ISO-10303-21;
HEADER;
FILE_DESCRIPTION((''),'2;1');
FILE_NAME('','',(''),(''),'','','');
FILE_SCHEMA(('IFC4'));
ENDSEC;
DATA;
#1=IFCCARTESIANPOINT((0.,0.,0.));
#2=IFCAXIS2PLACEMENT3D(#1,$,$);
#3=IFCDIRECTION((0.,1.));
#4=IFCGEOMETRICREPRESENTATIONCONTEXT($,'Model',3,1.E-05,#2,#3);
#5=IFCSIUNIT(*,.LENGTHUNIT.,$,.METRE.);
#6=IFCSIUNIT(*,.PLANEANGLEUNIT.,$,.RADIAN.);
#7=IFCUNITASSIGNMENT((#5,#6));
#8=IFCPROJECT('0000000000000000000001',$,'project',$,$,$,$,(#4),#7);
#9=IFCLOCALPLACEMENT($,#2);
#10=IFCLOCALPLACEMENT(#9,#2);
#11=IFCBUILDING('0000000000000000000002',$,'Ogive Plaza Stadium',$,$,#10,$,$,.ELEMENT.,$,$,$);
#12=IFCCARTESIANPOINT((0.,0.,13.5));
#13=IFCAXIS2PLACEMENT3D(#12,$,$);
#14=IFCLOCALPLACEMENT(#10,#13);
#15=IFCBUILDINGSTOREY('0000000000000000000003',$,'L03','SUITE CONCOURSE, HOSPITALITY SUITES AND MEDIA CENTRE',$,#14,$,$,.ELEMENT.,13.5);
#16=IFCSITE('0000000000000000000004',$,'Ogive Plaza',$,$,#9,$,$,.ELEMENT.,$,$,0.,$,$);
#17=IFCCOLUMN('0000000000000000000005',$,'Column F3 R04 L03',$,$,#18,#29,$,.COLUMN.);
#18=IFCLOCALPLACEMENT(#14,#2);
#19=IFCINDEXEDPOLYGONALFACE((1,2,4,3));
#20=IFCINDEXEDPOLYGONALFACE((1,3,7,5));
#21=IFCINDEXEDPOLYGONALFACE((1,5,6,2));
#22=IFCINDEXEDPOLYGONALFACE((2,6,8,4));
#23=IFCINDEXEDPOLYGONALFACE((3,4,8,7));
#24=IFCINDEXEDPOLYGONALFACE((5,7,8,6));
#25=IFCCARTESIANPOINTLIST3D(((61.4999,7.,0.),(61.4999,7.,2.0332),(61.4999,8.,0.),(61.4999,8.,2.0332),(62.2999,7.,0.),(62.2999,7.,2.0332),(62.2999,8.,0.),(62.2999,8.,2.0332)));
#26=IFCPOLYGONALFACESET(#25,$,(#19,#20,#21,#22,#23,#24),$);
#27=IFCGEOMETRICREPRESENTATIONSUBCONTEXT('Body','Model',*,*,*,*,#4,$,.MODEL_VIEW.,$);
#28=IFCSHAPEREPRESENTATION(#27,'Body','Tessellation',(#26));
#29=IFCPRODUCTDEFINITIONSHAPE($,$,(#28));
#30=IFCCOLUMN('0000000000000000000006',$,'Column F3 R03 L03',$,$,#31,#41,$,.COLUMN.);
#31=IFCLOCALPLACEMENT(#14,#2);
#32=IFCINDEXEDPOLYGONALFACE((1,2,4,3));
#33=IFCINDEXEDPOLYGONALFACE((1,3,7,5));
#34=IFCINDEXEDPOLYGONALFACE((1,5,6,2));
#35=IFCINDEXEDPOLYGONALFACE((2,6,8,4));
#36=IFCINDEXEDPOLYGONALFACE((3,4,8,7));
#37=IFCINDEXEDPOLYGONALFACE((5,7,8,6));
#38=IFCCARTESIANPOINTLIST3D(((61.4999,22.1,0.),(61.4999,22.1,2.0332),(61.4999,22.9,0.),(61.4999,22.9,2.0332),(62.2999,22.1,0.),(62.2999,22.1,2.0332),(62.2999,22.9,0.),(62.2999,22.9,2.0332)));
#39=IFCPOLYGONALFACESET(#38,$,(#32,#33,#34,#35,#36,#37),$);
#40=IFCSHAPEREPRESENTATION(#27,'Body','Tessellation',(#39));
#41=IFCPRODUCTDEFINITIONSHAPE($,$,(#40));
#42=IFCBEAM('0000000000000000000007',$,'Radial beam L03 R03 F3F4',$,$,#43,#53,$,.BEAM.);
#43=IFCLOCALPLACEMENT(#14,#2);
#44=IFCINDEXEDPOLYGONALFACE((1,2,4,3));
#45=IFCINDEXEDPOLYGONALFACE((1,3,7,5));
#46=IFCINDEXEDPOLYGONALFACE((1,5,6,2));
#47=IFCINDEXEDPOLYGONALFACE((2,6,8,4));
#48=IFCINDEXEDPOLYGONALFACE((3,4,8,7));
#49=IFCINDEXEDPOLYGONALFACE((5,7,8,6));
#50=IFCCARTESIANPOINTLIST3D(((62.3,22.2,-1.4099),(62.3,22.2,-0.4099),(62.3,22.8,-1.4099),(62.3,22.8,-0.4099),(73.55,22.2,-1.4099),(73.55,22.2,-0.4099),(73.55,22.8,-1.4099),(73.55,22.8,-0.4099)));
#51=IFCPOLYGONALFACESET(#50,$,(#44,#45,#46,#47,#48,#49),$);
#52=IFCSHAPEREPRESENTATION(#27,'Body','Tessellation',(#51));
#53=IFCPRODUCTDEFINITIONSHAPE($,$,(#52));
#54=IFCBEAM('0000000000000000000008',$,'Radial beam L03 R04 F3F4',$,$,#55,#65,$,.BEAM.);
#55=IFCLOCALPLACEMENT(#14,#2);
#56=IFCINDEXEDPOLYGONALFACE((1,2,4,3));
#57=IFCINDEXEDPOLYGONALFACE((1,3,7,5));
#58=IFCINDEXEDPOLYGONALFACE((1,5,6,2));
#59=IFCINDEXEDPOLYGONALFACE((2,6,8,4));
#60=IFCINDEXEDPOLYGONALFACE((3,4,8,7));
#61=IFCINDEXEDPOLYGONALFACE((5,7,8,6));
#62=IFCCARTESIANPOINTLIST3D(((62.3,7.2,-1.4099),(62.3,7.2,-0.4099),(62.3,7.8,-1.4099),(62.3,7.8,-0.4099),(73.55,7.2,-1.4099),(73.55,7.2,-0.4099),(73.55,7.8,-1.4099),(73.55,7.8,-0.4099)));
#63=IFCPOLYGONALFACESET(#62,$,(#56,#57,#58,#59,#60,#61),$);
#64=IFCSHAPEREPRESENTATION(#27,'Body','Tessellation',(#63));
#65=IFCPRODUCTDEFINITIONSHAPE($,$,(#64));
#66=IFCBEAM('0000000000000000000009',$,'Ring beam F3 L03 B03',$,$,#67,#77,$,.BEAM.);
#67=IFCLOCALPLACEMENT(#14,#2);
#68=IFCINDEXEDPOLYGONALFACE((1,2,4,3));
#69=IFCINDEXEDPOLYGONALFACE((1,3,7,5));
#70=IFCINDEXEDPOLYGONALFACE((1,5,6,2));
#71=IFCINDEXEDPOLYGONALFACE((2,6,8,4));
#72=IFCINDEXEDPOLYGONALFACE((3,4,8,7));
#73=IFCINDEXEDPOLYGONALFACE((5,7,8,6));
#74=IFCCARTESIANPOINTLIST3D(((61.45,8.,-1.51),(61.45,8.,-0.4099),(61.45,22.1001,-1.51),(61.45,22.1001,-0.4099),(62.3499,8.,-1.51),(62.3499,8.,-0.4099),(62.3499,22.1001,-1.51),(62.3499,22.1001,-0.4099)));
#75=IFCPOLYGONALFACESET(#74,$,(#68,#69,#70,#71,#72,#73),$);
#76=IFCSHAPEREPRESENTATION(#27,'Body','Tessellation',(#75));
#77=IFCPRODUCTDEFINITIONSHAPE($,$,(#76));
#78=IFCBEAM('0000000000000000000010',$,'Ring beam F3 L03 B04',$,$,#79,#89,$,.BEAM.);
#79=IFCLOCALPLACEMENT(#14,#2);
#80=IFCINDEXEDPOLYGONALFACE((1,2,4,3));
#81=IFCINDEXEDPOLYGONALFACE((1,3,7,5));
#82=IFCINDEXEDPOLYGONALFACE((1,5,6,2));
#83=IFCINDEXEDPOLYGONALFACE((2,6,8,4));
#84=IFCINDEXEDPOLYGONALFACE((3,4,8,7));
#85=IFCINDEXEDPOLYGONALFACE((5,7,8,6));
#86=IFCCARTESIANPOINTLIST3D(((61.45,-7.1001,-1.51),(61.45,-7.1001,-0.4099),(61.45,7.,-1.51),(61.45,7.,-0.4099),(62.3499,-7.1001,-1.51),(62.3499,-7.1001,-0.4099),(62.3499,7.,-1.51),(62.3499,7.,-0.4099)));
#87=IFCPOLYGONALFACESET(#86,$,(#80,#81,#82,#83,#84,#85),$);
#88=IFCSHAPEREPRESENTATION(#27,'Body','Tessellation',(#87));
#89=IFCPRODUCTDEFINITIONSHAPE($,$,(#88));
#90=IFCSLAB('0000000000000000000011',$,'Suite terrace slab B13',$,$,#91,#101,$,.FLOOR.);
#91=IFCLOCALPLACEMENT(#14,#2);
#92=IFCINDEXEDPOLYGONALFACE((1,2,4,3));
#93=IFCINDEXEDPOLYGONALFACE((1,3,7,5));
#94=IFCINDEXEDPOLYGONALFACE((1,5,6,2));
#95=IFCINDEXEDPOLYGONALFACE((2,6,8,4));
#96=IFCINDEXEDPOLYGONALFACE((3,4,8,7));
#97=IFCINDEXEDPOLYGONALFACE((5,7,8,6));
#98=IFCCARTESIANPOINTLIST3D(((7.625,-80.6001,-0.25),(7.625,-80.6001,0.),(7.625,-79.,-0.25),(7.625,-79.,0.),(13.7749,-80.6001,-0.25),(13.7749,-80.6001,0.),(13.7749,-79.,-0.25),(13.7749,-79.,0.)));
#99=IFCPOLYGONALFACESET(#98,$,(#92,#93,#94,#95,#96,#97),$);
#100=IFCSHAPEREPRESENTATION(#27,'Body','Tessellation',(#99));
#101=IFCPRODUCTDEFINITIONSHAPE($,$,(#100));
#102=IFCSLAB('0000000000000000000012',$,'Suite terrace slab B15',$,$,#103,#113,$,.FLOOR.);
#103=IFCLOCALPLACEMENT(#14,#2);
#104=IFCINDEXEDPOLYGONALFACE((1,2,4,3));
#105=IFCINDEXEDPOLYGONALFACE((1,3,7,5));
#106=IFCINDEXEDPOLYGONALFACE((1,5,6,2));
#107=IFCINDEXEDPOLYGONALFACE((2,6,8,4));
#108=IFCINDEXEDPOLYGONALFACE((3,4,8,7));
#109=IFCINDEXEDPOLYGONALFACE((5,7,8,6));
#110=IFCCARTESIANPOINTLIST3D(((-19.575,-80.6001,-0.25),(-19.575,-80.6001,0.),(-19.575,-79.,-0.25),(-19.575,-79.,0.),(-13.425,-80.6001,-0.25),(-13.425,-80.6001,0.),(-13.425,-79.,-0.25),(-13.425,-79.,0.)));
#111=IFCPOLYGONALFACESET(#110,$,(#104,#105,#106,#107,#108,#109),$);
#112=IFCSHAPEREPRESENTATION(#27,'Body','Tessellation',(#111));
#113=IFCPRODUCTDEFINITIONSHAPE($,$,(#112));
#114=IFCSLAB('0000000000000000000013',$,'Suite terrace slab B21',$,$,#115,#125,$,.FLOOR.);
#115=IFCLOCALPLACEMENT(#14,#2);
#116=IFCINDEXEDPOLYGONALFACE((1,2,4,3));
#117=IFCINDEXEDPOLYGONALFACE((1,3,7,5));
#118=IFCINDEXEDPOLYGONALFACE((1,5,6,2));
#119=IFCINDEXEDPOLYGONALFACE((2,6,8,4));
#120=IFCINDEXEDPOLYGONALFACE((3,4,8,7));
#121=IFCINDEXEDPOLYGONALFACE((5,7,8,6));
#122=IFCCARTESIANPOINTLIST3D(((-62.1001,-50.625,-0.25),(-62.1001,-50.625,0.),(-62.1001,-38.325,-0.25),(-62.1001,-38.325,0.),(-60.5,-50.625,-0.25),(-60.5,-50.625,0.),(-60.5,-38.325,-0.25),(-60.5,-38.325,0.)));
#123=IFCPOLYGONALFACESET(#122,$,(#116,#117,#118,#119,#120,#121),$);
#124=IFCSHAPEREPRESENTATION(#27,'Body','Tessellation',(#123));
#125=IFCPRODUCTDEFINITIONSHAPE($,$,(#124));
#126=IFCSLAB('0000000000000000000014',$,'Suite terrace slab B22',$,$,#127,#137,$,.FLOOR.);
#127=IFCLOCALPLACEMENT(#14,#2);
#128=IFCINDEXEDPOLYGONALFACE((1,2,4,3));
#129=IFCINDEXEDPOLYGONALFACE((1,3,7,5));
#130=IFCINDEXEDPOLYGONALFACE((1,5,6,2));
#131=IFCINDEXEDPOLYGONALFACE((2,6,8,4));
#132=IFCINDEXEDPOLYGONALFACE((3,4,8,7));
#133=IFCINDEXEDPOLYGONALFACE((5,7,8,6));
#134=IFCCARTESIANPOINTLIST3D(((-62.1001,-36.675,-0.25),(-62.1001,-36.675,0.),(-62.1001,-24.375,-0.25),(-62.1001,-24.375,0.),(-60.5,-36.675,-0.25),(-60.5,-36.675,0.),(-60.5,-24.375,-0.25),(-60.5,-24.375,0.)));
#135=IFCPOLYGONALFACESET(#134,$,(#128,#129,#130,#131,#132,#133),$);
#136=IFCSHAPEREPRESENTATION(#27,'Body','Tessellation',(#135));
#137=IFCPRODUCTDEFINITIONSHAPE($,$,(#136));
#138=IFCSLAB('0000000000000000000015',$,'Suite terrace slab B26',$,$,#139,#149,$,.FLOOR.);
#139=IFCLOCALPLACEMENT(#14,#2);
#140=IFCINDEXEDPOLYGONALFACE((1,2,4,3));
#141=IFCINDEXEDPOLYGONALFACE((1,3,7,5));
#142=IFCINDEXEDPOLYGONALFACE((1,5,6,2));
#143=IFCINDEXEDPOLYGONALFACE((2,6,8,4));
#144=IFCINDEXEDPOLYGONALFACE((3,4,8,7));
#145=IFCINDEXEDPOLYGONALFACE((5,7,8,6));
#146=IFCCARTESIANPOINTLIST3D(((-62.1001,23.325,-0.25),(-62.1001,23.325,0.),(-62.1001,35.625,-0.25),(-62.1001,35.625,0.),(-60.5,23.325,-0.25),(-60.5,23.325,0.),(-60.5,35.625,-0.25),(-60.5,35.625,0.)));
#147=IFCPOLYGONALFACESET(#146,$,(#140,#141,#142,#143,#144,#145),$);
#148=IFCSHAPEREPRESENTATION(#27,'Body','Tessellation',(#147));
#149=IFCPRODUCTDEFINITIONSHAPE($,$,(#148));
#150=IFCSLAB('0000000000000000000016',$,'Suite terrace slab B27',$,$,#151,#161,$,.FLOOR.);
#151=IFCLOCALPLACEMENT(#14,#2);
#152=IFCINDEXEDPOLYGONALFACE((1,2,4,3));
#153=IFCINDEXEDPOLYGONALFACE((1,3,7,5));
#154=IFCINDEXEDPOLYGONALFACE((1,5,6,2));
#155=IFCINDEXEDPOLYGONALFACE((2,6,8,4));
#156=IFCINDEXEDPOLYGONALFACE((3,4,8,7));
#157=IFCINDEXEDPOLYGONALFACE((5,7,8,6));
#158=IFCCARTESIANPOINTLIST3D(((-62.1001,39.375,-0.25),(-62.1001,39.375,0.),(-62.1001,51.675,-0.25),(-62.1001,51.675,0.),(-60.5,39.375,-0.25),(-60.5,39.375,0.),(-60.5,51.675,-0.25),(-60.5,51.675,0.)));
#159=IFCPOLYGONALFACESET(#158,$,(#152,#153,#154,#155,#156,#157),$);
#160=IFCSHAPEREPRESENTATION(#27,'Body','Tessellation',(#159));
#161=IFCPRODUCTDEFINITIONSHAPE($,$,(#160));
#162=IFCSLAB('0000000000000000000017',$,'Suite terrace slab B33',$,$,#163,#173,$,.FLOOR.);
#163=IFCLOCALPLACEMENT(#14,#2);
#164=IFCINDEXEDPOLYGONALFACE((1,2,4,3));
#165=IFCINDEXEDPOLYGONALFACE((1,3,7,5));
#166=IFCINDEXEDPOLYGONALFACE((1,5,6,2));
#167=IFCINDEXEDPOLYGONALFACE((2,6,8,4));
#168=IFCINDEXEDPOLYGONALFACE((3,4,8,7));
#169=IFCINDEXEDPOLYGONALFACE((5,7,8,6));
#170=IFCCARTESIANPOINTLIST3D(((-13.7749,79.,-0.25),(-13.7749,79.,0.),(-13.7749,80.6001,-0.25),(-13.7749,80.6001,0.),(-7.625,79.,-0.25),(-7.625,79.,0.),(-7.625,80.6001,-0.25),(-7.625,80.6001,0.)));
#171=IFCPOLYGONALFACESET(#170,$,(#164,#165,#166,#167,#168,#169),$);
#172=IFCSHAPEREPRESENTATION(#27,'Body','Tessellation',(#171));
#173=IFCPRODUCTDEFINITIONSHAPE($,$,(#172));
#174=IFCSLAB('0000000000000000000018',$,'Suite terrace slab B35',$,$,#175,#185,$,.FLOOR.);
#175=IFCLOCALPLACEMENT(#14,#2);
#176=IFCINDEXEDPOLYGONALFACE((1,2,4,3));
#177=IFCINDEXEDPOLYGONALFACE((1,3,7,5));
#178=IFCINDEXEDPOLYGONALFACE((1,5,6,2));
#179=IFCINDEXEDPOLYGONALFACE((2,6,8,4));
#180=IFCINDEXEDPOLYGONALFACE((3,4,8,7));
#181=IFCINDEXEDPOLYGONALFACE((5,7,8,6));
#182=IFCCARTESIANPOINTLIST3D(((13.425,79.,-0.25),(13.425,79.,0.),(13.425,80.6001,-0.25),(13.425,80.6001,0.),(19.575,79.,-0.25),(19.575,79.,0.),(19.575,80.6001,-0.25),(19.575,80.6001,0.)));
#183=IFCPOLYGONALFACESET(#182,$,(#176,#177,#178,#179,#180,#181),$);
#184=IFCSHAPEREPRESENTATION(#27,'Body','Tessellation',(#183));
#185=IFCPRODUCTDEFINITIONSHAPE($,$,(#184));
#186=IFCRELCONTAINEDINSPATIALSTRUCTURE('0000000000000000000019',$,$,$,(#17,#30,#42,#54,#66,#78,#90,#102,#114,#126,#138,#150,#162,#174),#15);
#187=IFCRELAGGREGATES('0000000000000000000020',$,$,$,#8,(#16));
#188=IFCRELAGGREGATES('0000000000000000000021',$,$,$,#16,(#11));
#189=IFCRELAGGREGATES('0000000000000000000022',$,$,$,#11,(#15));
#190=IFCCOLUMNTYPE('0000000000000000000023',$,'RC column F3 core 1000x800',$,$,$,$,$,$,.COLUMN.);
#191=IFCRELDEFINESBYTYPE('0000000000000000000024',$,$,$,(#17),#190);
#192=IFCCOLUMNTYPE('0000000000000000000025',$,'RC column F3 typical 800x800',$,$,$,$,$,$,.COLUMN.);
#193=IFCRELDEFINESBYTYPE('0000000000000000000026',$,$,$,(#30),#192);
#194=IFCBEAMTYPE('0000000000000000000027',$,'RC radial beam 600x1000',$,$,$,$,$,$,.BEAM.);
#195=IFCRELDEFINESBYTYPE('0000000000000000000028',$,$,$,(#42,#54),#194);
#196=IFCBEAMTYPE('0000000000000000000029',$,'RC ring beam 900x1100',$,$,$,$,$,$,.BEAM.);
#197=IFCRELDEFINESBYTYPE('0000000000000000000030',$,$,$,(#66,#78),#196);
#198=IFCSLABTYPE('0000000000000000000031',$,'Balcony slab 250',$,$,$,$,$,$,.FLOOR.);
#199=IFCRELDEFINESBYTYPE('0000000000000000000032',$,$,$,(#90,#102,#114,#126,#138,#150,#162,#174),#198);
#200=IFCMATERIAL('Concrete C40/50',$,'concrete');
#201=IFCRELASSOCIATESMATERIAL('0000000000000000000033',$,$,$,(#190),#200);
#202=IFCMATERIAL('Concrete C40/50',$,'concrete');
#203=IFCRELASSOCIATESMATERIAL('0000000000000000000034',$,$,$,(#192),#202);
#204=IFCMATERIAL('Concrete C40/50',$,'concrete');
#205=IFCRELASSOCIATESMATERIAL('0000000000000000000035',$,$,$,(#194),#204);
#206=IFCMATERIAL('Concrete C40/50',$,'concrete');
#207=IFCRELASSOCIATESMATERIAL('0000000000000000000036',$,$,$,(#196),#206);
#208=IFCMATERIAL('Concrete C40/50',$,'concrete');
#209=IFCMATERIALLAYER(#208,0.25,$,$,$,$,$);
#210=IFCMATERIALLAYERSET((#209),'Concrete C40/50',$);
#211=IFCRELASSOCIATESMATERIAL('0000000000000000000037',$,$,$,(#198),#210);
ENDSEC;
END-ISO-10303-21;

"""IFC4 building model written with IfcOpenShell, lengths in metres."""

from ifc_helpers import new_model, si_unit, direction, frame, origin, origin_2d, place, context, subcontext, project, spatial, polyline, rectangle, outline, extrude, material, layer, layer_set, material_profile, profile_set, type_object, element, save


model = new_model("IFC4")

# Units and contexts
model_context = context("Model", 3, precision=1e-05, world=origin(), true_north=direction((0.0, 1.0)))
body_context = subcontext(model_context, "Body", "Model", "MODEL_VIEW")
ifc_project = project(units=[si_unit("LENGTHUNIT", "METRE"), si_unit("PLANEANGLEUNIT", "RADIAN")], contexts=[model_context])

# Site, building, storey
site_placement = place(None, origin())
site = spatial("IfcSite", under=ifc_project, at=site_placement, Name="Ogive Plaza", CompositionType="ELEMENT", RefElevation=0.0)
building_placement = place(site_placement, origin())
building = spatial("IfcBuilding", under=site, at=building_placement, Name="Ogive Plaza Stadium", CompositionType="ELEMENT")
storey_placement = place(building_placement, frame((0.0, 0.0, 13.5)))
storey = spatial("IfcBuildingStorey", under=building, at=storey_placement, Name="L03", Description="SUITE CONCOURSE, HOSPITALITY SUITES AND MEDIA CENTRE", CompositionType="ELEMENT", Elevation=13.5)

# Columns
ifc_material_1 = material(Name="Concrete C40/50", Category="concrete")
ifc_material_profile_1 = material_profile(ifc_material_1, rectangle(XDim=1.0, YDim=0.8, at=origin_2d()), Name="RC 1000x800")
ifc_profile_set_1 = profile_set([ifc_material_profile_1], Name="Concrete C40/50")
column_type_1 = type_object("IfcColumnType", Name="RC column F3 core 1000x800", PredefinedType="COLUMN", material=ifc_profile_set_1)
column_1_placement = place(storey_placement, frame((61.8999, 7.5, 0.0), z_axis=(0.0, 0.0, 1.0), x_axis=(0.0, 1.0, 0.0)))
element("IfcColumn", 1, at=column_1_placement, inside=storey, type_object=column_type_1, Name="Column F3 R04 L03", PredefinedType="COLUMN", context=body_context, shape_type="SweptSolid", body=[
    extrude(rectangle(XDim=1.0, YDim=0.8, at=origin_2d()), origin(), (0.0, 0.0, 1.0), 2.0332),
])
ifc_material_2 = material(Name="Concrete C40/50", Category="concrete")
ifc_material_profile_2 = material_profile(ifc_material_2, rectangle(XDim=0.8, YDim=0.8, at=origin_2d()), Name="RC 800x800")
ifc_profile_set_2 = profile_set([ifc_material_profile_2], Name="Concrete C40/50")
column_type_2 = type_object("IfcColumnType", Name="RC column F3 typical 800x800", PredefinedType="COLUMN", material=ifc_profile_set_2)
column_2_placement = place(storey_placement, frame((61.8999, 22.5, 0.0), z_axis=(0.0, 0.0, 1.0), x_axis=(0.0, 1.0, 0.0)))
element("IfcColumn", 2, at=column_2_placement, inside=storey, type_object=column_type_2, Name="Column F3 R03 L03", PredefinedType="COLUMN", context=body_context, shape_type="SweptSolid", body=[
    extrude(rectangle(XDim=0.8, YDim=0.8, at=origin_2d()), origin(), (0.0, 0.0, 1.0), 2.0332),
])

# Beams
ifc_material_3 = material(Name="Concrete C40/50", Category="concrete")
ifc_material_profile_3 = material_profile(ifc_material_3, rectangle(XDim=0.6001, YDim=1.0, at=origin_2d()), Name="RC 600x1000")
ifc_profile_set_3 = profile_set([ifc_material_profile_3], Name="Concrete C40/50")
beam_type_1 = type_object("IfcBeamType", Name="RC radial beam 600x1000", PredefinedType="BEAM", material=ifc_profile_set_3)
for number, where, z_axis, x_axis, name in (
    (3, (62.3, 22.5, -0.9099), (1.0, 0.0, 0.0), (0.0, 1.0, 0.0), "Radial beam L03 R03 F3F4"),
    (4, (62.3, 7.5, -0.9099), (1.0, 0.0, 0.0), (0.0, 1.0, 0.0), "Radial beam L03 R04 F3F4"),
):
    element("IfcBeam", number, at=place(storey_placement, frame(where, z_axis=z_axis, x_axis=x_axis)), inside=storey, type_object=beam_type_1, Name=name, PredefinedType="BEAM", context=body_context, shape_type="SweptSolid", body=[
        extrude(rectangle(XDim=0.6001, YDim=1.0, at=origin_2d()), origin(), (0.0, 0.0, 1.0), 11.25),
    ])
ifc_material_4 = material(Name="Concrete C40/50", Category="concrete")
ifc_material_profile_4 = material_profile(ifc_material_4, rectangle(XDim=0.8999, YDim=1.1001, at=origin_2d()), Name="RC 900x1100")
ifc_profile_set_4 = profile_set([ifc_material_profile_4], Name="Concrete C40/50")
beam_type_2 = type_object("IfcBeamType", Name="RC ring beam 900x1100", PredefinedType="BEAM", material=ifc_profile_set_4)
for number, where, z_axis, x_axis, name in (
    (5, (61.8999, 22.1001, -0.96), (0.0, -1.0, 0.0), (1.0, 0.0, 0.0), "Ring beam F3 L03 B03"),
    (6, (61.8999, 7.0, -0.96), (0.0, -1.0, 0.0), (1.0, 0.0, 0.0), "Ring beam F3 L03 B04"),
):
    element("IfcBeam", number, at=place(storey_placement, frame(where, z_axis=z_axis, x_axis=x_axis)), inside=storey, type_object=beam_type_2, Name=name, PredefinedType="BEAM", context=body_context, shape_type="SweptSolid", body=[
        extrude(rectangle(XDim=0.8999, YDim=1.1001, at=origin_2d()), origin(), (0.0, 0.0, 1.0), 14.1001),
    ])

# Slabs
ifc_material_5 = material(Name="Concrete C40/50", Category="concrete")
ifc_layer_1 = layer(ifc_material_5, 0.25)
ifc_layer_set_1 = layer_set([ifc_layer_1], Name="Concrete C40/50")
slab_type_1 = type_object("IfcSlabType", Name="Balcony slab 250", PredefinedType="FLOOR", material=ifc_layer_set_1)
slab_1_placement = place(storey_placement, frame((0.0, 0.0, -0.25)))
element("IfcSlab", 7, at=slab_1_placement, inside=storey, type_object=slab_type_1, Name="Suite terrace slab B13", PredefinedType="FLOOR", context=body_context, shape_type="SweptSolid", body=[
    extrude(outline(polyline([(7.625, -79.0), (7.625, -80.6001), (13.7749, -80.6001), (13.7749, -79.0), (7.625, -79.0)])), origin(), (0.0, 0.0, 1.0), 0.25),
])
slab_2_placement = place(storey_placement, frame((0.0, 0.0, -0.25)))
element("IfcSlab", 8, at=slab_2_placement, inside=storey, type_object=slab_type_1, Name="Suite terrace slab B15", PredefinedType="FLOOR", context=body_context, shape_type="SweptSolid", body=[
    extrude(outline(polyline([(-19.575, -79.0), (-19.575, -80.6001), (-13.425, -80.6001), (-13.425, -79.0), (-19.575, -79.0)])), origin(), (0.0, 0.0, 1.0), 0.25),
])
slab_3_placement = place(storey_placement, frame((0.0, 0.0, -0.25)))
element("IfcSlab", 9, at=slab_3_placement, inside=storey, type_object=slab_type_1, Name="Suite terrace slab B21", PredefinedType="FLOOR", context=body_context, shape_type="SweptSolid", body=[
    extrude(outline(polyline([(-60.5, -38.325), (-62.1001, -38.325), (-62.1001, -50.625), (-60.5, -50.625), (-60.5, -38.325)])), origin(), (0.0, 0.0, 1.0), 0.25),
])
slab_4_placement = place(storey_placement, frame((0.0, 0.0, -0.25)))
element("IfcSlab", 10, at=slab_4_placement, inside=storey, type_object=slab_type_1, Name="Suite terrace slab B22", PredefinedType="FLOOR", context=body_context, shape_type="SweptSolid", body=[
    extrude(outline(polyline([(-60.5, -24.375), (-62.1001, -24.375), (-62.1001, -36.675), (-60.5, -36.675), (-60.5, -24.375)])), origin(), (0.0, 0.0, 1.0), 0.25),
])
slab_5_placement = place(storey_placement, frame((0.0, 0.0, -0.25)))
element("IfcSlab", 11, at=slab_5_placement, inside=storey, type_object=slab_type_1, Name="Suite terrace slab B26", PredefinedType="FLOOR", context=body_context, shape_type="SweptSolid", body=[
    extrude(outline(polyline([(-60.5, 35.625), (-62.1001, 35.625), (-62.1001, 23.325), (-60.5, 23.325), (-60.5, 35.625)])), origin(), (0.0, 0.0, 1.0), 0.25),
])
slab_6_placement = place(storey_placement, frame((0.0, 0.0, -0.25)))
element("IfcSlab", 12, at=slab_6_placement, inside=storey, type_object=slab_type_1, Name="Suite terrace slab B27", PredefinedType="FLOOR", context=body_context, shape_type="SweptSolid", body=[
    extrude(outline(polyline([(-60.5, 51.675), (-62.1001, 51.675), (-62.1001, 39.375), (-60.5, 39.375), (-60.5, 51.675)])), origin(), (0.0, 0.0, 1.0), 0.25),
])
slab_7_placement = place(storey_placement, frame((0.0, 0.0, -0.25)))
element("IfcSlab", 13, at=slab_7_placement, inside=storey, type_object=slab_type_1, Name="Suite terrace slab B33", PredefinedType="FLOOR", context=body_context, shape_type="SweptSolid", body=[
    extrude(outline(polyline([(-7.625, 79.0), (-7.625, 80.6001), (-13.7749, 80.6001), (-13.7749, 79.0), (-7.625, 79.0)])), origin(), (0.0, 0.0, 1.0), 0.25),
])
slab_8_placement = place(storey_placement, frame((0.0, 0.0, -0.25)))
element("IfcSlab", 14, at=slab_8_placement, inside=storey, type_object=slab_type_1, Name="Suite terrace slab B35", PredefinedType="FLOOR", context=body_context, shape_type="SweptSolid", body=[
    extrude(outline(polyline([(19.575, 79.0), (19.575, 80.6001), (13.425, 80.6001), (13.425, 79.0), (19.575, 79.0)])), origin(), (0.0, 0.0, 1.0), 0.25),
])

save(model, "model.ifc")
